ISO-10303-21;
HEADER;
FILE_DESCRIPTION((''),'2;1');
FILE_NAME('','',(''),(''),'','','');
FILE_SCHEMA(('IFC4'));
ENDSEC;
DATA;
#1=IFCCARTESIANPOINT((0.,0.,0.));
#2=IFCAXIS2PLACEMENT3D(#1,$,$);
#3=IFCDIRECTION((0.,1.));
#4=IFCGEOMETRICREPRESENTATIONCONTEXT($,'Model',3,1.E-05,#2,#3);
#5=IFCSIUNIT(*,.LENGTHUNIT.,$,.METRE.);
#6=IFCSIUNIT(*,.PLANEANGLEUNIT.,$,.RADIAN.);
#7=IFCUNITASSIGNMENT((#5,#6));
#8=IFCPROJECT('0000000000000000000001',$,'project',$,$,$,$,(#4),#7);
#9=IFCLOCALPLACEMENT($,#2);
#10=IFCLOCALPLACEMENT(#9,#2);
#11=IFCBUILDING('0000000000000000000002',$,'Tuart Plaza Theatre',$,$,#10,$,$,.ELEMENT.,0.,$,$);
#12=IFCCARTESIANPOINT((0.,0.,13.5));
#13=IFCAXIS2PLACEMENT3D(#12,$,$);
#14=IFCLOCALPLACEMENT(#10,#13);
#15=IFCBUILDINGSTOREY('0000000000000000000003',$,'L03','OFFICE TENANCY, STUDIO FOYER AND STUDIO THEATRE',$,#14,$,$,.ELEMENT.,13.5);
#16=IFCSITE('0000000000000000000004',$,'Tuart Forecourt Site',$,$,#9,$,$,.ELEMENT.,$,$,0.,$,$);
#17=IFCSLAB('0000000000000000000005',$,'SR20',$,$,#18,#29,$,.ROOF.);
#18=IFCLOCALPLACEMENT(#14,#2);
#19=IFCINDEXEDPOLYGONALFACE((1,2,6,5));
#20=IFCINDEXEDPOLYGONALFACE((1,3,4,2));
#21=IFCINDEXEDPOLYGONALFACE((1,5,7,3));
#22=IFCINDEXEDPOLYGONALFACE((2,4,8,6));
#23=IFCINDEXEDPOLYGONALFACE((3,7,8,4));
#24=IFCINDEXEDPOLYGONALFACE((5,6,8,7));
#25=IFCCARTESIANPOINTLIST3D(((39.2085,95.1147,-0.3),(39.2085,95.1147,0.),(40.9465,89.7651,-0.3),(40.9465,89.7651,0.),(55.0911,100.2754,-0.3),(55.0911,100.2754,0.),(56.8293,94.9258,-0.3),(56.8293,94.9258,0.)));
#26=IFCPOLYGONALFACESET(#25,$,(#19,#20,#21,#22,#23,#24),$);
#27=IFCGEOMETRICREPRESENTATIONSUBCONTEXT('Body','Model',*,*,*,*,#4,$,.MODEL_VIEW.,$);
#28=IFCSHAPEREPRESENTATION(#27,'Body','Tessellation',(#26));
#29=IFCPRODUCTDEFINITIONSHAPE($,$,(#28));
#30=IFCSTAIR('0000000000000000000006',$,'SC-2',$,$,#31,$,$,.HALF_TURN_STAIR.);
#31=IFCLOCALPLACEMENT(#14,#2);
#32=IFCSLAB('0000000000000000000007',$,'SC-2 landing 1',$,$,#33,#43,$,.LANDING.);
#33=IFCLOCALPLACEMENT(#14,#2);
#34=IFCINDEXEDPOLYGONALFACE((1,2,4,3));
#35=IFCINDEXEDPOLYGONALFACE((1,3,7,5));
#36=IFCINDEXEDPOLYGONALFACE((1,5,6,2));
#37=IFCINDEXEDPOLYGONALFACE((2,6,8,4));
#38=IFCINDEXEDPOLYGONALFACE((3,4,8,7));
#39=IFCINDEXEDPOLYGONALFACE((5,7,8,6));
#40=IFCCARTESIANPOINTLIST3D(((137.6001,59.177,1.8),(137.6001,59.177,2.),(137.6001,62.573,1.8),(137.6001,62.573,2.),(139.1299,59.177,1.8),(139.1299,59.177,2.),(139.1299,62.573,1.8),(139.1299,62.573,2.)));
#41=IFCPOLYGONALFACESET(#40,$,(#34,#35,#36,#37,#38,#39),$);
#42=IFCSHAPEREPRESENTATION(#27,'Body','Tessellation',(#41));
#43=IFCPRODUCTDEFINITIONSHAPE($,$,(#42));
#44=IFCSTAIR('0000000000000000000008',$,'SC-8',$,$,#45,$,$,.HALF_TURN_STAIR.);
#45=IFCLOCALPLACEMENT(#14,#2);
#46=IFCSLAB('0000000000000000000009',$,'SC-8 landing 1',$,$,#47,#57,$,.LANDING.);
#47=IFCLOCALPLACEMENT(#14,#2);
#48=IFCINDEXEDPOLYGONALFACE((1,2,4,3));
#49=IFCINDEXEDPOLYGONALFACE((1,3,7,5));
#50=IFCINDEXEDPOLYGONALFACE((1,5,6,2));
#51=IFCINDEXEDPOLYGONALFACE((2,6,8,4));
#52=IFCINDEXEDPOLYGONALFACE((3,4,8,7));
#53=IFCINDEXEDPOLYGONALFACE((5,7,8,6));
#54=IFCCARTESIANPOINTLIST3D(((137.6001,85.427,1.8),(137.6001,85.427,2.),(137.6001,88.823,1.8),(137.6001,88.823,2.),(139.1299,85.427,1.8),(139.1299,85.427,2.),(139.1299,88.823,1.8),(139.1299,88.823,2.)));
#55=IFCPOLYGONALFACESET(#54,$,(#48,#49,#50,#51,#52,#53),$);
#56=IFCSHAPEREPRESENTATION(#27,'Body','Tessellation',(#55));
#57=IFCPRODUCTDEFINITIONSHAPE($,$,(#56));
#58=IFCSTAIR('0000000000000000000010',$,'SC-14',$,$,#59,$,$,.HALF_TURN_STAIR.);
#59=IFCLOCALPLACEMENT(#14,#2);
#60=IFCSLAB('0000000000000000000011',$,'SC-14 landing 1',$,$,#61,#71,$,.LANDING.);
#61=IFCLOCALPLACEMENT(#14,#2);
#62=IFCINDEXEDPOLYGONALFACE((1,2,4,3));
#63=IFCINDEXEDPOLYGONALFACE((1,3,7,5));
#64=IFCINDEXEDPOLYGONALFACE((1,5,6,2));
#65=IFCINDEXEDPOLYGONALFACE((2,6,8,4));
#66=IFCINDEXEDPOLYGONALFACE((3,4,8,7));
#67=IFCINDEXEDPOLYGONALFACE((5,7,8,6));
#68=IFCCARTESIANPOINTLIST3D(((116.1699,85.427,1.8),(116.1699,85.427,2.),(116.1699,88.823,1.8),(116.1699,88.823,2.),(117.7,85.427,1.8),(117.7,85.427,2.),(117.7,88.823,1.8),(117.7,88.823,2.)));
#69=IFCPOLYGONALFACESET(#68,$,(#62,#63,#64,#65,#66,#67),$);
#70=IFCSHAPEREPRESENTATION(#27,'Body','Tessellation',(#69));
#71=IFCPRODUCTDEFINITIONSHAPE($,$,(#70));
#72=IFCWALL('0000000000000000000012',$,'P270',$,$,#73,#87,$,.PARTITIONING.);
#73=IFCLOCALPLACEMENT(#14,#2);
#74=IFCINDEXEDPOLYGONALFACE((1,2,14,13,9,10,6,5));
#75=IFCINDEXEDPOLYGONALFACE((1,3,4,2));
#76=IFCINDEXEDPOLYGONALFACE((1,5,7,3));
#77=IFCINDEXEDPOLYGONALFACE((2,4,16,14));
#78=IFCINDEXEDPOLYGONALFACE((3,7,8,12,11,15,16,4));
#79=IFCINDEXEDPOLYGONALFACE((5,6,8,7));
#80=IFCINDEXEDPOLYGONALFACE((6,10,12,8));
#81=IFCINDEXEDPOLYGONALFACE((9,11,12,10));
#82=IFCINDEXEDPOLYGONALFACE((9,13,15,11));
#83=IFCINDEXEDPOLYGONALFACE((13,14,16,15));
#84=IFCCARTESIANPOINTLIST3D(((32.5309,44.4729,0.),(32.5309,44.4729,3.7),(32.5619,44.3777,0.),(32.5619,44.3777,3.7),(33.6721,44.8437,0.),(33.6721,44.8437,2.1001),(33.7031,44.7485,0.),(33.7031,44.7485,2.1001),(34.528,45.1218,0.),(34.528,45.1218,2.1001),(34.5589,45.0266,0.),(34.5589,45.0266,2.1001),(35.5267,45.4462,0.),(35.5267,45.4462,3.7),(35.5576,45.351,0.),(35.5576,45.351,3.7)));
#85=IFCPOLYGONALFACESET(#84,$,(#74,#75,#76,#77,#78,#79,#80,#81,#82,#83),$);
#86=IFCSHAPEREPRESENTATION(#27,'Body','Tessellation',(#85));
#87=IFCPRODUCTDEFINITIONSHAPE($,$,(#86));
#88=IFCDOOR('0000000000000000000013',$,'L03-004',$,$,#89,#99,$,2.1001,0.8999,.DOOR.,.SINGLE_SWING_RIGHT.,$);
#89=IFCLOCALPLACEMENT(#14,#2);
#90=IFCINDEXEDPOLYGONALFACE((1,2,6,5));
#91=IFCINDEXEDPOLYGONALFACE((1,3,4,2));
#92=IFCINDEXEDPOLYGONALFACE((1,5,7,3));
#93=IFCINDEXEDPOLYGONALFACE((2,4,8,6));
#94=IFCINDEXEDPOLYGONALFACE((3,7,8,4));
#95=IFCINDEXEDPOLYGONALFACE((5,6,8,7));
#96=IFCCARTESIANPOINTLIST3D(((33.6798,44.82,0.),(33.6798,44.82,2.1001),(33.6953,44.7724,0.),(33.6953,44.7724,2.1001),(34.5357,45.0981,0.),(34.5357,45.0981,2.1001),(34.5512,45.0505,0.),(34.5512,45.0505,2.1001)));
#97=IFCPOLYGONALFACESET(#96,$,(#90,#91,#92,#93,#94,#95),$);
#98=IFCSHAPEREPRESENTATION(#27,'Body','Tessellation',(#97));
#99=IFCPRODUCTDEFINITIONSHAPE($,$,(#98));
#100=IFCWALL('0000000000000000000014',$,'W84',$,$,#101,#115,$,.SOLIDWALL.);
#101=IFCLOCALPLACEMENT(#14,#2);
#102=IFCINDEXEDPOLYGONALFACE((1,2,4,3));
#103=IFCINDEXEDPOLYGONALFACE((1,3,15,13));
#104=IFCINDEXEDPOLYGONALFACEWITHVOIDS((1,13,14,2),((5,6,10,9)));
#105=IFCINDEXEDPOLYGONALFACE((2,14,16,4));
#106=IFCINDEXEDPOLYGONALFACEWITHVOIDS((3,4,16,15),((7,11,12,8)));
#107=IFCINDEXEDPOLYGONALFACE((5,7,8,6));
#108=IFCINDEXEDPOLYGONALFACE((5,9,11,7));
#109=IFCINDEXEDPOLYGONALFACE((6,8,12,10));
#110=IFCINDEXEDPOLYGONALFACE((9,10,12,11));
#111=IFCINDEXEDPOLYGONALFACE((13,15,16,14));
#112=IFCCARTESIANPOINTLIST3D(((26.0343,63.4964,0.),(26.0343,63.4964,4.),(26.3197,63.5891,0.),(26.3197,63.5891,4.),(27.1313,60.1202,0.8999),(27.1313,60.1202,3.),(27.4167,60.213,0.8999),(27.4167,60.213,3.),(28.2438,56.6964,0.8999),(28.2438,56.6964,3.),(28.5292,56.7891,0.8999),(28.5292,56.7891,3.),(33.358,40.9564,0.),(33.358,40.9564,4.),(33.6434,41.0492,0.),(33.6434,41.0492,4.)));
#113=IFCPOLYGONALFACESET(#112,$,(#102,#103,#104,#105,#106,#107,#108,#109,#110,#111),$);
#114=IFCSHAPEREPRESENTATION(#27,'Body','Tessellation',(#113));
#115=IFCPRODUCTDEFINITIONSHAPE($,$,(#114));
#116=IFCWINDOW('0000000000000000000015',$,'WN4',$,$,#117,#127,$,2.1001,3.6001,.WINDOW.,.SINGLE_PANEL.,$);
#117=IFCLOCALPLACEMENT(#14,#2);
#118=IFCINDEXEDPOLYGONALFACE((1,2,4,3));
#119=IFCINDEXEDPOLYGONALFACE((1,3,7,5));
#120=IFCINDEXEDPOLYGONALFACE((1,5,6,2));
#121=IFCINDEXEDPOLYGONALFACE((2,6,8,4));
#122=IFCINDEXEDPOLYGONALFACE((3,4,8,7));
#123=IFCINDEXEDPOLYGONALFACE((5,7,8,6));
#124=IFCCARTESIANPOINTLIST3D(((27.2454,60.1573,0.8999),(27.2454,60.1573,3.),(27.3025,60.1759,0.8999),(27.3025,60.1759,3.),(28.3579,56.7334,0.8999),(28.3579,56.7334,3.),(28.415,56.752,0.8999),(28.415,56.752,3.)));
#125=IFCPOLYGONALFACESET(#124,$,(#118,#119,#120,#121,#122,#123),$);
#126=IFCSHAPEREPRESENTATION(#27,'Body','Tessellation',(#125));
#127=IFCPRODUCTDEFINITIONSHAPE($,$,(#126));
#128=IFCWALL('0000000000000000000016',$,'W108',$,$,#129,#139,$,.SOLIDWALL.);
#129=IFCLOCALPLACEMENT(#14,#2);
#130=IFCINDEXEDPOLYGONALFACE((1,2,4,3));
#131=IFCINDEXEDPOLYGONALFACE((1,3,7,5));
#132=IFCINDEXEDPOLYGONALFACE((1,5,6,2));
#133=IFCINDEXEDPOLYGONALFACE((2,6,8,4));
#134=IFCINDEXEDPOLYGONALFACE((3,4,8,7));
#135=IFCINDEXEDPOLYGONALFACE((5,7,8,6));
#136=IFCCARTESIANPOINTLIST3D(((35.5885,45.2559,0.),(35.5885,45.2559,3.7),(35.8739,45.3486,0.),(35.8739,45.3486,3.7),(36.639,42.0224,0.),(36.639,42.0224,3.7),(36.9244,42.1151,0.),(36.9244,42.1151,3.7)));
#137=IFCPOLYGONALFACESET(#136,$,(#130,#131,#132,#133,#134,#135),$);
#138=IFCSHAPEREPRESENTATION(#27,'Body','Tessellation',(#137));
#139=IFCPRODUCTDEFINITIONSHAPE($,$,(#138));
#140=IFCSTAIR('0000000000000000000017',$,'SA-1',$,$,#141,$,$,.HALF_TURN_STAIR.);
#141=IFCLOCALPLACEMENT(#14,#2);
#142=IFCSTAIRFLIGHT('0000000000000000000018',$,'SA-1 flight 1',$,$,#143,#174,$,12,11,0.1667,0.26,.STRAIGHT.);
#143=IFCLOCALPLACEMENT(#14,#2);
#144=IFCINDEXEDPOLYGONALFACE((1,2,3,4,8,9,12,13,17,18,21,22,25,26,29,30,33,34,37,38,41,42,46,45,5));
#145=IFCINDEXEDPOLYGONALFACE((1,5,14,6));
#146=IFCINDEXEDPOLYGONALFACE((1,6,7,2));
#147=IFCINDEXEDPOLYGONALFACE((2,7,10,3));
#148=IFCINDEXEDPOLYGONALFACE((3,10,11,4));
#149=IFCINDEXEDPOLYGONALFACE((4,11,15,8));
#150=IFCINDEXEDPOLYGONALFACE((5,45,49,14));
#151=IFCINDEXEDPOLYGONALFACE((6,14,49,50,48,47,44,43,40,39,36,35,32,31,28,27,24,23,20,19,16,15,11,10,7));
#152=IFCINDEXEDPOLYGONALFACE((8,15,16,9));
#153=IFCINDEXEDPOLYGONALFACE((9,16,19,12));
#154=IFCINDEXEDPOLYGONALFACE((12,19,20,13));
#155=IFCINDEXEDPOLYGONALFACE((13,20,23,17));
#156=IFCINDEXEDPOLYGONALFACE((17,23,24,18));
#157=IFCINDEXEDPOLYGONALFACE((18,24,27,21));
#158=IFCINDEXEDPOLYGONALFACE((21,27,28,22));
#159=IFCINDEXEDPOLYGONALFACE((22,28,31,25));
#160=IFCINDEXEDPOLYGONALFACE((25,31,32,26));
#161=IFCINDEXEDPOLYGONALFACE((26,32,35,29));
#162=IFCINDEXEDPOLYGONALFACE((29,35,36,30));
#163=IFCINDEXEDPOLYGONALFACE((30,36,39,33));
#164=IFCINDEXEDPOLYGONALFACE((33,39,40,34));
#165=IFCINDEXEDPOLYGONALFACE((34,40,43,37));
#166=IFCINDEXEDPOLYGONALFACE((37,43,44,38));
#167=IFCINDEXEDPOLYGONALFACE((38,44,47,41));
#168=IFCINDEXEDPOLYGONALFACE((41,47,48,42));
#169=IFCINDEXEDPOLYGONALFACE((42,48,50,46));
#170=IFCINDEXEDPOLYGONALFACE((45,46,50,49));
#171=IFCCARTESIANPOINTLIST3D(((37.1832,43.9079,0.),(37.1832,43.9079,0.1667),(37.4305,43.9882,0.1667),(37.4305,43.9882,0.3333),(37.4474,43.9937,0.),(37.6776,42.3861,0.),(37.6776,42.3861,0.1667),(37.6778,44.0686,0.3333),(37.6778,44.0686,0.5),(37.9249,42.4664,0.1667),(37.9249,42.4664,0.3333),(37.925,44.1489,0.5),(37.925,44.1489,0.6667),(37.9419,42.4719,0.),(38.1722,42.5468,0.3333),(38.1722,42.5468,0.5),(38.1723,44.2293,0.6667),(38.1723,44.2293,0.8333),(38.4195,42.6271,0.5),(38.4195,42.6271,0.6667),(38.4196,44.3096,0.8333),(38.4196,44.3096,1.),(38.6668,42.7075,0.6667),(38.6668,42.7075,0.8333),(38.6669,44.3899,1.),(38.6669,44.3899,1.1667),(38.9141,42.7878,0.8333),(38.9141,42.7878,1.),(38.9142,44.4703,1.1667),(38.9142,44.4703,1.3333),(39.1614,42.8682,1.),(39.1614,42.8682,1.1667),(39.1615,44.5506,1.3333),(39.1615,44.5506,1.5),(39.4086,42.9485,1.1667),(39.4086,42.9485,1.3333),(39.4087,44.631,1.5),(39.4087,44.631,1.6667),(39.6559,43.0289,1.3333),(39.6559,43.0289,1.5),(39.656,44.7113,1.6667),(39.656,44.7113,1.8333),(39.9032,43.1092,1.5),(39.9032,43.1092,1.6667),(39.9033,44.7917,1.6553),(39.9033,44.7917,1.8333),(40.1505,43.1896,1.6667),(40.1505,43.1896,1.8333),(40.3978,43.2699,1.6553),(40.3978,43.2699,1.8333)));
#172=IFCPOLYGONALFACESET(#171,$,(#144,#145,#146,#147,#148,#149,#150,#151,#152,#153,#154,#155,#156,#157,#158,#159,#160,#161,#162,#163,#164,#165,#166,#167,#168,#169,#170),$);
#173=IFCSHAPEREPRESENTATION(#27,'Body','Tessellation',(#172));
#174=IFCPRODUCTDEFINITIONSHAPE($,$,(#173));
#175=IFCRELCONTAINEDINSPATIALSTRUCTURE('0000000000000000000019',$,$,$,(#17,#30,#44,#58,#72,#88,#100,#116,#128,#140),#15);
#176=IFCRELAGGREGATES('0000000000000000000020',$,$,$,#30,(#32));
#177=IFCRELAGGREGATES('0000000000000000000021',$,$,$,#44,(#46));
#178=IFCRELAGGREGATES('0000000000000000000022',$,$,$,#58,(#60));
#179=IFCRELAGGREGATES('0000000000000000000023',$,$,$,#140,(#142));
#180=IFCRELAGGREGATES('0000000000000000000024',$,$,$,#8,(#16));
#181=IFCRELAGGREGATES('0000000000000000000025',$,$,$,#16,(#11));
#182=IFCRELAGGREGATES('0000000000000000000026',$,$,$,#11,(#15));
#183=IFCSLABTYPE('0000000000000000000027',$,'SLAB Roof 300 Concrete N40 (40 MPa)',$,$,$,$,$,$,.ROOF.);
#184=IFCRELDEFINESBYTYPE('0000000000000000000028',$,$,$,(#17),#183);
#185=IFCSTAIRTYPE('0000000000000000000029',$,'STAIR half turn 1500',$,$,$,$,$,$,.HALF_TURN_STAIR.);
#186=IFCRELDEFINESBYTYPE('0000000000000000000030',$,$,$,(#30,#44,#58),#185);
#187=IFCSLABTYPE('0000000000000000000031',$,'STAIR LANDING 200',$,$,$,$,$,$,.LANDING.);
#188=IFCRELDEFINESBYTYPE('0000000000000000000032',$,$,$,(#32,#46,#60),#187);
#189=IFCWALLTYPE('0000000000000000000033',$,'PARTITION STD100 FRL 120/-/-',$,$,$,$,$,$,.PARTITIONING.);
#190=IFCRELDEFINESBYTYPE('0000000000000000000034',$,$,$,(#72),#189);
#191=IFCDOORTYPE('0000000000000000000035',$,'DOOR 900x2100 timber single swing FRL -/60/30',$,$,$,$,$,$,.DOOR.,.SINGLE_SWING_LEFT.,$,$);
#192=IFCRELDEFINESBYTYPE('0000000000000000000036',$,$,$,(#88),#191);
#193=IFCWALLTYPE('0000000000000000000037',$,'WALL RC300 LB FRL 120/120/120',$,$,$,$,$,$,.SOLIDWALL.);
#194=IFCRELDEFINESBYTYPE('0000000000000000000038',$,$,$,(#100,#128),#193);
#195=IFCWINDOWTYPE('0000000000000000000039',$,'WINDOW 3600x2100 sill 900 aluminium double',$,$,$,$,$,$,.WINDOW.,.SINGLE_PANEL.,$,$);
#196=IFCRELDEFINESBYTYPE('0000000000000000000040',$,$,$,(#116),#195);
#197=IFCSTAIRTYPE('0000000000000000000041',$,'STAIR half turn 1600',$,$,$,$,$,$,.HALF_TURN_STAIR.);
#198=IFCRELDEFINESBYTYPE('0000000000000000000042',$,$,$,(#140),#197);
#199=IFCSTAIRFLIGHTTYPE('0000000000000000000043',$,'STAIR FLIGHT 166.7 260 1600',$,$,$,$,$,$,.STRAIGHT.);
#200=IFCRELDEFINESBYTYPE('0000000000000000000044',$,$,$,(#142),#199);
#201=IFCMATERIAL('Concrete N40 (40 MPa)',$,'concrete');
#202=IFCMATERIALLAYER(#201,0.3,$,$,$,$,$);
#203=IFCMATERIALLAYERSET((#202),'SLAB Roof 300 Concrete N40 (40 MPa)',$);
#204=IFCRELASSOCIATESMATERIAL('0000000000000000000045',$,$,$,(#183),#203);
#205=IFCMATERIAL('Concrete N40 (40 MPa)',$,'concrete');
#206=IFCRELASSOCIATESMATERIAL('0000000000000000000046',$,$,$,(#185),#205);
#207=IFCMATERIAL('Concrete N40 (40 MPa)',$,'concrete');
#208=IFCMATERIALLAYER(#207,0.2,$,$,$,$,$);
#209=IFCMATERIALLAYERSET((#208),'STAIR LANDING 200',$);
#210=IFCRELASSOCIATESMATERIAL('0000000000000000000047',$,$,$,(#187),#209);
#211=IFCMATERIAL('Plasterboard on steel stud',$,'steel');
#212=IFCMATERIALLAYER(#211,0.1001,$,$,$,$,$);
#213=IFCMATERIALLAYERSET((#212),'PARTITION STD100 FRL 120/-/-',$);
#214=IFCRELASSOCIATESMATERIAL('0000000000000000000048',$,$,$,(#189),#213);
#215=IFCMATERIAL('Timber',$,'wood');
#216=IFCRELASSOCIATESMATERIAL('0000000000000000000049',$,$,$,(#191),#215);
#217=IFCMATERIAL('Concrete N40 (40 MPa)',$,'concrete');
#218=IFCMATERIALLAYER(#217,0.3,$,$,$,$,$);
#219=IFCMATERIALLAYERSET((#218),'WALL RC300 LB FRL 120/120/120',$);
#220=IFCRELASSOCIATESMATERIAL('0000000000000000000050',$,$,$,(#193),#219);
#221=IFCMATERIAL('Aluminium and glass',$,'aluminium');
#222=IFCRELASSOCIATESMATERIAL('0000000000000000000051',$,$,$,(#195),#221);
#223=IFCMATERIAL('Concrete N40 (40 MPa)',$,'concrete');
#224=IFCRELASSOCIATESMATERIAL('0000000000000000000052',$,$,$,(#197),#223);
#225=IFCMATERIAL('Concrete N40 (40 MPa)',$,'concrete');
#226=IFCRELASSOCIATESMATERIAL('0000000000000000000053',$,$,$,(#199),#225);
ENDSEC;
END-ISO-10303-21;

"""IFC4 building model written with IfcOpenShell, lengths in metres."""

from ifc_helpers import new_model, si_unit, direction, frame, frame_2d, origin, place, context, subcontext, project, spatial, polyline, rectangle, outline, extrude, material, layer, layer_set, type_object, element, fill, aggregate, save


model = new_model("IFC4")

# Units and contexts
model_context = context("Model", 3, precision=1e-05, world=origin(), true_north=direction((0.0, 1.0)))
body_context = subcontext(model_context, "Body", "Model", "MODEL_VIEW")
ifc_project = project(units=[si_unit("LENGTHUNIT", "METRE"), si_unit("PLANEANGLEUNIT", "RADIAN")], contexts=[model_context])

# Site, building, storey
site_placement = place(None, origin())
site = spatial("IfcSite", under=ifc_project, at=site_placement, Name="Tuart Forecourt Site", CompositionType="ELEMENT", RefElevation=0.0)
building_placement = place(site_placement, origin())
building = spatial("IfcBuilding", under=site, at=building_placement, Name="Tuart Plaza Theatre", CompositionType="ELEMENT", ElevationOfRefHeight=0.0)
storey_placement = place(building_placement, frame((0.0, 0.0, 13.5)))
storey = spatial("IfcBuildingStorey", under=building, at=storey_placement, Name="L03", Description="OFFICE TENANCY, STUDIO FOYER AND STUDIO THEATRE", CompositionType="ELEMENT", Elevation=13.5)

# Slab
ifc_material_1 = material(Name="Concrete N40 (40 MPa)", Category="concrete")
ifc_layer_1 = layer(ifc_material_1, 0.3)
ifc_layer_set_1 = layer_set([ifc_layer_1], Name="SLAB Roof 300 Concrete N40 (40 MPa)")
slab_type_1 = type_object("IfcSlabType", Name="SLAB Roof 300 Concrete N40 (40 MPa)", PredefinedType="ROOF", material=ifc_layer_set_1)
slab_1_placement = place(storey_placement, frame((0.0, 0.0, -0.3)))
element("IfcSlab", 1, at=slab_1_placement, inside=storey, type_object=slab_type_1, Name="SR20", PredefinedType="ROOF", context=body_context, shape_type="SweptSolid", body=[
    extrude(outline(polyline([(56.8293, 94.9258), (55.0911, 100.2754), (39.2085, 95.1147), (40.9465, 89.7651), (56.8293, 94.9258)])), origin(), (0.0, 0.0, 1.0), 0.3),
])

# Stairs, slabs
ifc_material_2 = material(Name="Concrete N40 (40 MPa)", Category="concrete")
stair_type_1 = type_object("IfcStairType", Name="STAIR half turn 1500", PredefinedType="HALF_TURN_STAIR", material=ifc_material_2)
stair_1_placement = place(storey_placement, origin())
stair_1 = element("IfcStair", 2, at=stair_1_placement, inside=storey, type_object=stair_type_1, Name="SC-2", PredefinedType="HALF_TURN_STAIR")
ifc_material_3 = material(Name="Concrete N40 (40 MPa)", Category="concrete")
ifc_layer_2 = layer(ifc_material_3, 0.2)
ifc_layer_set_2 = layer_set([ifc_layer_2], Name="STAIR LANDING 200")
slab_type_2 = type_object("IfcSlabType", Name="STAIR LANDING 200", PredefinedType="LANDING", material=ifc_layer_set_2)
slab_2_placement = place(storey_placement, frame((0.0, 0.0, 1.8)))
slab_2 = element("IfcSlab", 3, at=slab_2_placement, type_object=slab_type_2, Name="SC-2 landing 1", PredefinedType="LANDING", context=body_context, shape_type="SweptSolid", body=[
    extrude(outline(polyline([(137.6001, 59.177), (139.1299, 59.177), (139.1299, 62.573), (137.6001, 62.573), (137.6001, 59.177)])), origin(), (0.0, 0.0, 1.0), 0.2),
])
aggregate(stair_1, [slab_2])
stair_2_placement = place(storey_placement, origin())
stair_2 = element("IfcStair", 4, at=stair_2_placement, inside=storey, type_object=stair_type_1, Name="SC-8", PredefinedType="HALF_TURN_STAIR")
slab_3_placement = place(storey_placement, frame((0.0, 0.0, 1.8)))
slab_3 = element("IfcSlab", 5, at=slab_3_placement, type_object=slab_type_2, Name="SC-8 landing 1", PredefinedType="LANDING", context=body_context, shape_type="SweptSolid", body=[
    extrude(outline(polyline([(137.6001, 85.427), (139.1299, 85.427), (139.1299, 88.823), (137.6001, 88.823), (137.6001, 85.427)])), origin(), (0.0, 0.0, 1.0), 0.2),
])
aggregate(stair_2, [slab_3])
stair_3_placement = place(storey_placement, origin())
stair_3 = element("IfcStair", 6, at=stair_3_placement, inside=storey, type_object=stair_type_1, Name="SC-14", PredefinedType="HALF_TURN_STAIR")
slab_4_placement = place(storey_placement, frame((0.0, 0.0, 1.8)))
slab_4 = element("IfcSlab", 7, at=slab_4_placement, type_object=slab_type_2, Name="SC-14 landing 1", PredefinedType="LANDING", context=body_context, shape_type="SweptSolid", body=[
    extrude(outline(polyline([(117.7, 88.823), (116.1699, 88.823), (116.1699, 85.427), (117.7, 85.427), (117.7, 88.823)])), origin(), (0.0, 0.0, 1.0), 0.2),
])
aggregate(stair_3, [slab_4])

# Wall, opening, door
ifc_material_4 = material(Name="Plasterboard on steel stud", Category="steel")
ifc_layer_3 = layer(ifc_material_4, 0.1001)
ifc_layer_set_3 = layer_set([ifc_layer_3], Name="PARTITION STD100 FRL 120/-/-")
wall_type_1 = type_object("IfcWallType", Name="PARTITION STD100 FRL 120/-/-", PredefinedType="PARTITIONING", material=ifc_layer_set_3)
wall_1_placement = place(storey_placement, frame((32.5464, 44.4253, 0.0), z_axis=(0.0, 0.0, 1.0), x_axis=(0.951059, 0.309011, 0.0)))
wall_1 = element("IfcWall", 8, at=wall_1_placement, inside=storey, type_object=wall_type_1, Name="P270", PredefinedType="PARTITIONING", context=body_context, shape_type="SweptSolid", body=[
    extrude(rectangle(XDim=3.1499, YDim=0.1001, at=frame_2d((1.575, 0.0))), origin(), (0.0, 0.0, 1.0), 3.7),
])
opening_1_placement = place(wall_1_placement, frame((1.2, 0.0, 0.0)))
opening_1 = element("IfcOpeningElement", 9, at=opening_1_placement, cuts=wall_1, PredefinedType="OPENING", context=body_context, shape_type="SweptSolid", body=[
    extrude(rectangle(XDim=0.8999, YDim=2.1001, at=frame_2d((0.45, 1.05))), frame((0.0, 0.0601, 0.0), z_axis=(0.0, -1.0, 0.0), x_axis=(1.0, 0.0, 0.0)), (0.0, 0.0, 1.0), 0.1201),
])
ifc_material_5 = material(Name="Timber", Category="wood")
door_type = type_object("IfcDoorType", Name="DOOR 900x2100 timber single swing FRL -/60/30", OperationType="SINGLE_SWING_LEFT", PredefinedType="DOOR", material=ifc_material_5)
door_placement = place(opening_1_placement, frame((0.8999, 0.0, 0.0), z_axis=(0.0, 0.0, 1.0), x_axis=(-1.0, 0.0, 0.0)))
door = element("IfcDoor", 10, at=door_placement, inside=storey, type_object=door_type, Name="L03-004", OperationType="SINGLE_SWING_RIGHT", OverallHeight=2.1001, OverallWidth=0.8999, PredefinedType="DOOR", context=body_context, shape_type="SweptSolid", body=[
    extrude(rectangle(XDim=0.8999, YDim=2.1001, at=frame_2d((0.45, 1.05))), frame((0.0, 0.0249, 0.0), z_axis=(0.0, -1.0, 0.0), x_axis=(1.0, 0.0, 0.0)), (0.0, 0.0, 1.0), 0.05),
])
fill(opening_1, door)

# Wall, opening, window
ifc_material_6 = material(Name="Concrete N40 (40 MPa)", Category="concrete")
ifc_layer_4 = layer(ifc_material_6, 0.3)
ifc_layer_set_4 = layer_set([ifc_layer_4], Name="WALL RC300 LB FRL 120/120/120")
wall_type_2 = type_object("IfcWallType", Name="WALL RC300 LB FRL 120/120/120", PredefinedType="SOLIDWALL", material=ifc_layer_set_4)
wall_2_placement = place(storey_placement, frame((33.5007, 41.0027, 0.0), z_axis=(0.0, 0.0, 1.0), x_axis=(-0.309018, 0.951056, 0.0)))
wall_2 = element("IfcWall", 11, at=wall_2_placement, inside=storey, type_object=wall_type_2, Name="W84", PredefinedType="SOLIDWALL", context=body_context, shape_type="SweptSolid", body=[
    extrude(rectangle(XDim=23.7, YDim=0.3, at=frame_2d((11.8501, 0.0))), origin(), (0.0, 0.0, 1.0), 4.0),
])
opening_2_placement = place(wall_2_placement, frame((16.55, 0.0, 0.8999)))
opening_2 = element("IfcOpeningElement", 12, at=opening_2_placement, cuts=wall_2, PredefinedType="OPENING", context=body_context, shape_type="SweptSolid", body=[
    extrude(rectangle(XDim=3.6001, YDim=2.1001, at=frame_2d((1.8, 1.05))), frame((0.0, 0.1599, 0.0), z_axis=(0.0, -1.0, 0.0), x_axis=(1.0, 0.0, 0.0)), (0.0, 0.0, 1.0), 0.3201),
])
ifc_material_7 = material(Name="Aluminium and glass", Category="aluminium")
window_type = type_object("IfcWindowType", Name="WINDOW 3600x2100 sill 900 aluminium double", PartitioningType="SINGLE_PANEL", PredefinedType="WINDOW", material=ifc_material_7)
window_placement = place(opening_2_placement, origin())
window = element("IfcWindow", 13, at=window_placement, inside=storey, type_object=window_type, Name="WN4", OverallHeight=2.1001, OverallWidth=3.6001, PartitioningType="SINGLE_PANEL", PredefinedType="WINDOW", context=body_context, shape_type="SweptSolid", body=[
    extrude(rectangle(XDim=3.6001, YDim=2.1001, at=frame_2d((1.8, 1.05))), frame((0.0, 0.03, 0.0), z_axis=(0.0, -1.0, 0.0), x_axis=(1.0, 0.0, 0.0)), (0.0, 0.0, 1.0), 0.0601),
])
fill(opening_2, window)

# Wall
wall_3_placement = place(storey_placement, frame((35.7312, 45.3022, 0.0), z_axis=(0.0, 0.0, 1.0), x_axis=(0.308981, -0.951068, 0.0)))
element("IfcWall", 14, at=wall_3_placement, inside=storey, type_object=wall_type_2, Name="W108", PredefinedType="SOLIDWALL", context=body_context, shape_type="SweptSolid", body=[
    extrude(rectangle(XDim=3.3999, YDim=0.3, at=frame_2d((1.7, 0.0))), origin(), (0.0, 0.0, 1.0), 3.7),
])

# Stair, stair flight
ifc_material_8 = material(Name="Concrete N40 (40 MPa)", Category="concrete")
stair_type_2 = type_object("IfcStairType", Name="STAIR half turn 1600", PredefinedType="HALF_TURN_STAIR", material=ifc_material_8)
stair_4_placement = place(storey_placement, origin())
stair_4 = element("IfcStair", 15, at=stair_4_placement, inside=storey, type_object=stair_type_2, Name="SA-1", PredefinedType="HALF_TURN_STAIR")
ifc_material_9 = material(Name="Concrete N40 (40 MPa)", Category="concrete")
stair_flight_type = type_object("IfcStairFlightType", Name="STAIR FLIGHT 166.7 260 1600", PredefinedType="STRAIGHT", material=ifc_material_9)
stair_flight_placement = place(storey_placement, frame((37.4304, 43.147, 0.0), z_axis=(0.0, 0.0, 1.0), x_axis=(0.951057, 0.309017, 0.0)))
stair_flight = element("IfcStairFlight", 16, at=stair_flight_placement, type_object=stair_flight_type, Name="SA-1 flight 1", NumberOfRisers=12, NumberOfTreads=11, PredefinedType="STRAIGHT", RiserHeight=0.1667, TreadLength=0.26, context=body_context, shape_type="SweptSolid", body=[
    extrude(outline(polyline([(0.0, 0.0), (0.0, 0.1667), (0.26, 0.1667), (0.26, 0.3333), (0.52, 0.3333), (0.52, 0.5), (0.78, 0.5), (0.78, 0.6667), (1.04, 0.6667), (1.04, 0.8333), (1.3, 0.8333), (1.3, 1.0), (1.5601, 1.0), (1.5601, 1.1667), (1.8201, 1.1667), (1.8201, 1.3333), (2.0801, 1.3333), (2.0801, 1.5), (2.3401, 1.5), (2.3401, 1.6667), (2.6001, 1.6667), (2.6001, 1.8333), (2.8601, 1.8333), (2.8601, 2.0), (2.8601, 1.6553), (0.2778, 0.0), (0.0, 0.0)])), frame((0.0, 0.8, 0.0), z_axis=(0.0, -1.0, 0.0), x_axis=(1.0, 0.0, 0.0)), (0.0, 0.0, 1.0), 1.6001),
])
aggregate(stair_4, [stair_flight])

save(model, "model.ifc")
